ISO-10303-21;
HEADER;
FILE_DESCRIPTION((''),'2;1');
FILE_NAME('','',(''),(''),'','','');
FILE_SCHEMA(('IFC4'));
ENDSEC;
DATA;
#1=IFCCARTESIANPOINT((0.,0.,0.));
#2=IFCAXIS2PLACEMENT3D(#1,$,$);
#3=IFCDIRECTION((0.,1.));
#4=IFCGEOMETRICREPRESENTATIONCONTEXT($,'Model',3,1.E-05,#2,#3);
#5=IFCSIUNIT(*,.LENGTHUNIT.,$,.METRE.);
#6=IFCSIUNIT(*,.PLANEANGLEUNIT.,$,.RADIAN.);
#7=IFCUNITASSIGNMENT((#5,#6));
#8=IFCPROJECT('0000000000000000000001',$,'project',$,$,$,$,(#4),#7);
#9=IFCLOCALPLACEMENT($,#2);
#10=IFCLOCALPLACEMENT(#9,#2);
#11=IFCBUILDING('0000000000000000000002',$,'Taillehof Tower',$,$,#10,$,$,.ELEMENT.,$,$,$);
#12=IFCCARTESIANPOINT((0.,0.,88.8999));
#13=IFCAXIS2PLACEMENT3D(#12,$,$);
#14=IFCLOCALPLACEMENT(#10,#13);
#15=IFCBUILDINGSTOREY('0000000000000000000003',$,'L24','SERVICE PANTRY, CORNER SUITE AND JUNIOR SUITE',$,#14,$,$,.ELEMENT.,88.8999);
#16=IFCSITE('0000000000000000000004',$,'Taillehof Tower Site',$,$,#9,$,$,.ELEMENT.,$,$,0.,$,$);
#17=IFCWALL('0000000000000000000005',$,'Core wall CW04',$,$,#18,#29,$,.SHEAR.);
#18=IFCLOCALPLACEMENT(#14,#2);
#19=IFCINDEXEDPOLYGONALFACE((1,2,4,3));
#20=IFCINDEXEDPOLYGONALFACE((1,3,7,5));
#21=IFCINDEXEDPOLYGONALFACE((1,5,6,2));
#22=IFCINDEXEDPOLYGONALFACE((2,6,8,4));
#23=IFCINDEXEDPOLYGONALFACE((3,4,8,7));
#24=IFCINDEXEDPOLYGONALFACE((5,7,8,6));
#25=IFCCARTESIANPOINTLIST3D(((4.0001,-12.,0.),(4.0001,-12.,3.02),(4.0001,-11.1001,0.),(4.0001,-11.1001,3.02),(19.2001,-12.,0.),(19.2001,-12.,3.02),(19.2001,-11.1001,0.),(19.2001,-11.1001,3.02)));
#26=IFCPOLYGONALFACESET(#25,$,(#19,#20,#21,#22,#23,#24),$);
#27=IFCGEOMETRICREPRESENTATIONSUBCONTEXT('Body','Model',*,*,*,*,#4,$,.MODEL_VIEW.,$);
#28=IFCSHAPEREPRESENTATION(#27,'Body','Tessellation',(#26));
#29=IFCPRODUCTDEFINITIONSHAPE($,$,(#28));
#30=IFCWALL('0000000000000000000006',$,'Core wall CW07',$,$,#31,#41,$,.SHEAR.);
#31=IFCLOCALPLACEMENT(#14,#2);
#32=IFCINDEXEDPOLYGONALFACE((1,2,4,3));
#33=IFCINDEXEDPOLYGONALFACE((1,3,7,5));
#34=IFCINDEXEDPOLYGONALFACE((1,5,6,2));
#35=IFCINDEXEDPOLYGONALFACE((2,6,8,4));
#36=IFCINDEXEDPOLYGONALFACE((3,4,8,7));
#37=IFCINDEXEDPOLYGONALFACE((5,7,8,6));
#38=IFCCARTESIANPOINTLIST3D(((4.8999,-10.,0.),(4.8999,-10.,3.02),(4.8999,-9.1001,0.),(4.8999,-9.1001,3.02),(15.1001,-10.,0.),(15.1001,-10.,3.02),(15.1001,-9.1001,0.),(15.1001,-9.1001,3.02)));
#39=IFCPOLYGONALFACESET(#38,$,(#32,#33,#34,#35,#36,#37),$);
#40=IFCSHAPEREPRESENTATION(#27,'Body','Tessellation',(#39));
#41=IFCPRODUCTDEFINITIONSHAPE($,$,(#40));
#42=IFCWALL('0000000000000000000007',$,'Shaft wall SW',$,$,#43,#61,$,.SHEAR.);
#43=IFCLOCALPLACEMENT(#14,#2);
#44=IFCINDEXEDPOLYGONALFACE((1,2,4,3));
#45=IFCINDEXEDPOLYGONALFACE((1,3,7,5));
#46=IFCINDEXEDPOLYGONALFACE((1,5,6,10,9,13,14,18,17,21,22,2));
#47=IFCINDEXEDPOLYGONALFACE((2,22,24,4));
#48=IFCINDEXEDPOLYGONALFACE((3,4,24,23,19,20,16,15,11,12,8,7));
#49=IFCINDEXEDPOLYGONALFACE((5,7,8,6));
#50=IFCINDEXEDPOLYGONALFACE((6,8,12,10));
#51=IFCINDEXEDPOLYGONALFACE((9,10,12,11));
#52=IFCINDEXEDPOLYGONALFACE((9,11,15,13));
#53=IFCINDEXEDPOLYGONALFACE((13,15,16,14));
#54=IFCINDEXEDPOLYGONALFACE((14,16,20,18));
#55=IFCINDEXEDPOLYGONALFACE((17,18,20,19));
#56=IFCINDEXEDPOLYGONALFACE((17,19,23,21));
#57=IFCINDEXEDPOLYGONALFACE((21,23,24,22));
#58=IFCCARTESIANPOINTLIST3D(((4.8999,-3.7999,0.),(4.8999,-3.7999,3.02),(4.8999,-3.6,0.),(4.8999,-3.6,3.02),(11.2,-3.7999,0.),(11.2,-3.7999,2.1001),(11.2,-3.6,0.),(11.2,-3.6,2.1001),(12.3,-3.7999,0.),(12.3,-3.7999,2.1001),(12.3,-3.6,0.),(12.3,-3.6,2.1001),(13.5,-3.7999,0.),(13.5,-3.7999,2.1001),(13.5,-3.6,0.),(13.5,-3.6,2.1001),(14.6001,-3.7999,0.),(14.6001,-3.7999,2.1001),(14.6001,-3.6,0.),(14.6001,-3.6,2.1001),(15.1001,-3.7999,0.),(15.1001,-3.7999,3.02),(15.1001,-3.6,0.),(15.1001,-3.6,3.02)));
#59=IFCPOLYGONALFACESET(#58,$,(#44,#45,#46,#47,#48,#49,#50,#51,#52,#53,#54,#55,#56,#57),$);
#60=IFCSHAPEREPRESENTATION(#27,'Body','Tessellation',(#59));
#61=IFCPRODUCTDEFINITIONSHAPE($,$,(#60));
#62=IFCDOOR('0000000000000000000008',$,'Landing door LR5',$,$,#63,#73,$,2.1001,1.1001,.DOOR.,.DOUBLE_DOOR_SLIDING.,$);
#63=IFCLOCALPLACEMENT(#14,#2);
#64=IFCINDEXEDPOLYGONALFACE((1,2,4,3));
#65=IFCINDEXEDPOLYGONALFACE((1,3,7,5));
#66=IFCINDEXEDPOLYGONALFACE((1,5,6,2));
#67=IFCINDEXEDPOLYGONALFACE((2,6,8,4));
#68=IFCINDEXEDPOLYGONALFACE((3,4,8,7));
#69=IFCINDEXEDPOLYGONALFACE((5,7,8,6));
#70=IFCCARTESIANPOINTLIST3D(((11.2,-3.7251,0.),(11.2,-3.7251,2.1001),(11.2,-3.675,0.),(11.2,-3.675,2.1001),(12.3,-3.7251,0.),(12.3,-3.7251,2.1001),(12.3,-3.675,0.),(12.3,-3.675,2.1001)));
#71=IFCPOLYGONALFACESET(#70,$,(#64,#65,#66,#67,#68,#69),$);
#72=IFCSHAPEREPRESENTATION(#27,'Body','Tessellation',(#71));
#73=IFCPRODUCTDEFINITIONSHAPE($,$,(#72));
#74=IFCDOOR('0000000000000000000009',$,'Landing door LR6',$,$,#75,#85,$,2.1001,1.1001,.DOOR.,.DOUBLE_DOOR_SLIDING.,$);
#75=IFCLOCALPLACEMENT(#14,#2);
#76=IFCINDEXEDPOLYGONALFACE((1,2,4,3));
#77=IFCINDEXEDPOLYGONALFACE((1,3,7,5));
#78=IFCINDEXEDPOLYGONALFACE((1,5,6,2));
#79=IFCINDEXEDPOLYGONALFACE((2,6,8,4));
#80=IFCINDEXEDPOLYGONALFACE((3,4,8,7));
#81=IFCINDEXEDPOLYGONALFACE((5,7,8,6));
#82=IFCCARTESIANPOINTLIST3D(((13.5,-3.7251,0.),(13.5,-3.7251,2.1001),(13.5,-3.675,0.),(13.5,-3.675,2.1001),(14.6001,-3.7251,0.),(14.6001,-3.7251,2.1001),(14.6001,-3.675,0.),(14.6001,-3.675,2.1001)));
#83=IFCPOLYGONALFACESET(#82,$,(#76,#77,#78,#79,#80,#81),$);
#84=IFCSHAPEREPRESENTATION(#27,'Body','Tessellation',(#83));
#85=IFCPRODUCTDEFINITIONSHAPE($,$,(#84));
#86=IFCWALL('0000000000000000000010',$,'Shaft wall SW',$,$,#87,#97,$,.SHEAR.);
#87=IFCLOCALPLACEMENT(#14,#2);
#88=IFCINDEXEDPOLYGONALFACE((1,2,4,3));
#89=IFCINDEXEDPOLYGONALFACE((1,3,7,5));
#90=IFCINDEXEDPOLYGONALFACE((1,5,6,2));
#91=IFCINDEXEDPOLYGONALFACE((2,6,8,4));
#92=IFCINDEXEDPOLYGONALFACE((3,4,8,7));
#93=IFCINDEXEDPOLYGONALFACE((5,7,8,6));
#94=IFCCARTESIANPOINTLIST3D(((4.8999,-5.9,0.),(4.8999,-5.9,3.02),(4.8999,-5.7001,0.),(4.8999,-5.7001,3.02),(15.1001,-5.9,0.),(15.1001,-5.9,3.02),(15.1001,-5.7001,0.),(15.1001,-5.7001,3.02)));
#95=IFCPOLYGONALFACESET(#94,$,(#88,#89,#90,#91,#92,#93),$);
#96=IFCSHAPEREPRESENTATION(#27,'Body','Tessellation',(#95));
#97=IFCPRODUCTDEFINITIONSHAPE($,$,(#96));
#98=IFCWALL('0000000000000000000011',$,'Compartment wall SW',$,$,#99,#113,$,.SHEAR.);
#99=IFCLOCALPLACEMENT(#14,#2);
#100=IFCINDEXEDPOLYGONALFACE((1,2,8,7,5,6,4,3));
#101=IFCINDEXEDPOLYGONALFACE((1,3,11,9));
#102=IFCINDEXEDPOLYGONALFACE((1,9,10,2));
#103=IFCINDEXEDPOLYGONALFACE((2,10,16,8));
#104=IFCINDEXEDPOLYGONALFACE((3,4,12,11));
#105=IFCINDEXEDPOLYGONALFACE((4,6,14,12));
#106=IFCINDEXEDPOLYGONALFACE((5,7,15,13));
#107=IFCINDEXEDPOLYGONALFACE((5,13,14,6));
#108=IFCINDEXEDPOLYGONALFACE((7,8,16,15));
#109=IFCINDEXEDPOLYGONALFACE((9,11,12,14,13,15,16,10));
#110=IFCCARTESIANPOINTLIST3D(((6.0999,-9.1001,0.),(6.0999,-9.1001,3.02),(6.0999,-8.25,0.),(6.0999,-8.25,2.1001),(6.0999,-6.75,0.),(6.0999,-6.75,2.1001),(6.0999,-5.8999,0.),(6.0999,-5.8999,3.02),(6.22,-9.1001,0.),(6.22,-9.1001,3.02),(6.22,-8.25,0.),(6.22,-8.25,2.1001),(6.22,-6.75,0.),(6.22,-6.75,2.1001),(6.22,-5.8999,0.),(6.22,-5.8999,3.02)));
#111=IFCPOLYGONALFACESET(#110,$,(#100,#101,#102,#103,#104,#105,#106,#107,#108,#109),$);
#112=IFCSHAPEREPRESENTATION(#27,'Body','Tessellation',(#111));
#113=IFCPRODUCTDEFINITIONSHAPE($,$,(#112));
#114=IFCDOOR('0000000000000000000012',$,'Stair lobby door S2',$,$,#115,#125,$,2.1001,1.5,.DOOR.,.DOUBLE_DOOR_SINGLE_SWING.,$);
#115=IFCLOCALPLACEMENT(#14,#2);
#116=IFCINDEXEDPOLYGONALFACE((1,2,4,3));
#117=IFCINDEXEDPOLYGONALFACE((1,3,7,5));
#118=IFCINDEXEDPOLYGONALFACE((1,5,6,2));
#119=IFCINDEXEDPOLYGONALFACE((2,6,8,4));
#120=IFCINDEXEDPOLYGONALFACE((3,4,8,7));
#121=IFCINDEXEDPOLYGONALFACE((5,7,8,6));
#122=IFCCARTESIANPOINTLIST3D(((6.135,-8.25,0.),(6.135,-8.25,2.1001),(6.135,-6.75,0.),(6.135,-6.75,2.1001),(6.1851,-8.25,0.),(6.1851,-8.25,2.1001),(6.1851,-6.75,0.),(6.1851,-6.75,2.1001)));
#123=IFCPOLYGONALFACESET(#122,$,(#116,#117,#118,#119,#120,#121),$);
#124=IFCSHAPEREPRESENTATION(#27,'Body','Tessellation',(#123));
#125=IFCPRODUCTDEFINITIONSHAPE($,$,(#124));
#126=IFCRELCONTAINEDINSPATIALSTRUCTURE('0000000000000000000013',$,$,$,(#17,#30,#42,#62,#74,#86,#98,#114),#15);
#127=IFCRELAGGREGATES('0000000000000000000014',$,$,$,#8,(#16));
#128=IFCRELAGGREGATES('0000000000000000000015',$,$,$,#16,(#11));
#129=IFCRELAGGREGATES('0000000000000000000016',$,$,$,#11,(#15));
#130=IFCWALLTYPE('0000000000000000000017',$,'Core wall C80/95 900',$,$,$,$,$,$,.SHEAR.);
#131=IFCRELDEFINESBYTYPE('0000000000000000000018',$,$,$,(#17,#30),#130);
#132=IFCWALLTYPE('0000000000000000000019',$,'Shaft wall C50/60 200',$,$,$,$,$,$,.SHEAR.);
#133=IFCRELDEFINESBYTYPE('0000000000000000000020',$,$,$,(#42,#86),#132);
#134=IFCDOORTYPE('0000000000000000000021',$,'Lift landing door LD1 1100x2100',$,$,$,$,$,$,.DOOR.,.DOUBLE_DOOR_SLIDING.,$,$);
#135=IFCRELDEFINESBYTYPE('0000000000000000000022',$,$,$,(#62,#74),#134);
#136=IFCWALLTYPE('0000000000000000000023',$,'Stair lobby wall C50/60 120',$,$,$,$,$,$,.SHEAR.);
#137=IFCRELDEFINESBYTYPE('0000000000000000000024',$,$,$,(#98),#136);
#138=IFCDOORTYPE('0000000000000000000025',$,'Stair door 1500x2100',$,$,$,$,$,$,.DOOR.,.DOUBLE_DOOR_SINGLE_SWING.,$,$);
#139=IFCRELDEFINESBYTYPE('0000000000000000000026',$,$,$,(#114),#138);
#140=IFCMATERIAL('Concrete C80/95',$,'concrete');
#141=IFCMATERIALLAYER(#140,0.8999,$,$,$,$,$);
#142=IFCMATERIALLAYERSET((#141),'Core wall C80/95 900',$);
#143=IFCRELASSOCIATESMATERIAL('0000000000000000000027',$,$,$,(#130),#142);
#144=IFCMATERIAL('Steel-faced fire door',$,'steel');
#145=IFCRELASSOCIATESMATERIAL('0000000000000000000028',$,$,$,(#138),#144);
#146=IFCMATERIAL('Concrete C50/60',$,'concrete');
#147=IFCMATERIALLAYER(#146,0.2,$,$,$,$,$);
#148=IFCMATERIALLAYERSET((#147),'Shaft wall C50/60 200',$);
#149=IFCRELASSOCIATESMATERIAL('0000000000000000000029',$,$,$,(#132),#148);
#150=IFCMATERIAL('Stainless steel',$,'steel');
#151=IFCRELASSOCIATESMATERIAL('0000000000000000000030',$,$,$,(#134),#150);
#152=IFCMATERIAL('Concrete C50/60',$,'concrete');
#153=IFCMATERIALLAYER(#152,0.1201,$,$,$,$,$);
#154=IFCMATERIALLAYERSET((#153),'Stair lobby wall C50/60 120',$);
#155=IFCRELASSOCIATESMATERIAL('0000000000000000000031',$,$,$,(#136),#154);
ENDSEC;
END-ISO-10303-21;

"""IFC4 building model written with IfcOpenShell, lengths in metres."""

from ifc_helpers import new_model, si_unit, direction, frame, frame_2d, origin, place, context, subcontext, project, spatial, rectangle, extrude, material, layer, layer_set, type_object, element, fill, save


model = new_model("IFC4")

# Units and contexts
model_context = context("Model", 3, precision=1e-05, world=origin(), true_north=direction((0.0, 1.0)))
body_context = subcontext(model_context, "Body", "Model", "MODEL_VIEW")
ifc_project = project(units=[si_unit("LENGTHUNIT", "METRE"), si_unit("PLANEANGLEUNIT", "RADIAN")], contexts=[model_context])

# Site, building, storey
site_placement = place(None, origin())
site = spatial("IfcSite", under=ifc_project, at=site_placement, Name="Taillehof Tower Site", CompositionType="ELEMENT", RefElevation=0.0)
building_placement = place(site_placement, origin())
building = spatial("IfcBuilding", under=site, at=building_placement, Name="Taillehof Tower", CompositionType="ELEMENT")
storey_placement = place(building_placement, frame((0.0, 0.0, 88.8999)))
storey = spatial("IfcBuildingStorey", under=building, at=storey_placement, Name="L24", Description="SERVICE PANTRY, CORNER SUITE AND JUNIOR SUITE", CompositionType="ELEMENT", Elevation=88.8999)

# Shared definitions
ifc_material_1 = material(Name="Concrete C80/95", Category="concrete")
ifc_layer_1 = layer(ifc_material_1, 0.8999)
ifc_layer_set_1 = layer_set([ifc_layer_1], Name="Core wall C80/95 900")
wall_type_1 = type_object("IfcWallType", Name="Core wall C80/95 900", PredefinedType="SHEAR", material=ifc_layer_set_1)
ifc_material_2 = material(Name="Steel-faced fire door", Category="steel")
door_type_1 = type_object("IfcDoorType", Name="Stair door 1500x2100", OperationType="DOUBLE_DOOR_SINGLE_SWING", PredefinedType="DOOR", material=ifc_material_2)

# Walls
wall_1_placement = place(storey_placement, frame((4.0, -11.55, 0.0), z_axis=(0.0, 0.0, 1.0), x_axis=(1.0, 0.0, 0.0)))
element("IfcWall", 1, at=wall_1_placement, inside=storey, type_object=wall_type_1, Name="Core wall CW04", PredefinedType="SHEAR", context=body_context, shape_type="SweptSolid", body=[
    extrude(rectangle(XDim=15.2, YDim=0.8999, at=frame_2d((7.6001, 0.0))), origin(), (0.0, 0.0, 1.0), 3.02),
])
wall_2_placement = place(storey_placement, frame((4.8999, -9.55, 0.0), z_axis=(0.0, 0.0, 1.0), x_axis=(1.0, 0.0, 0.0)))
element("IfcWall", 2, at=wall_2_placement, inside=storey, type_object=wall_type_1, Name="Core wall CW07", PredefinedType="SHEAR", context=body_context, shape_type="SweptSolid", body=[
    extrude(rectangle(XDim=10.2002, YDim=0.8999, at=frame_2d((5.1001, 0.0))), origin(), (0.0, 0.0, 1.0), 3.02),
])

# Wall, openings, doors
ifc_material_3 = material(Name="Concrete C50/60", Category="concrete")
ifc_layer_2 = layer(ifc_material_3, 0.2)
ifc_layer_set_2 = layer_set([ifc_layer_2], Name="Shaft wall C50/60 200")
wall_type_2 = type_object("IfcWallType", Name="Shaft wall C50/60 200", PredefinedType="SHEAR", material=ifc_layer_set_2)
wall_3_placement = place(storey_placement, frame((4.8999, -3.7, 0.0), z_axis=(0.0, 0.0, 1.0), x_axis=(1.0, 0.0, 0.0)))
wall_3 = element("IfcWall", 3, at=wall_3_placement, inside=storey, type_object=wall_type_2, Name="Shaft wall SW", PredefinedType="SHEAR", context=body_context, shape_type="SweptSolid", body=[
    extrude(rectangle(XDim=10.2002, YDim=0.2, at=frame_2d((5.1001, 0.0))), origin(), (0.0, 0.0, 1.0), 3.02),
])
opening_1_placement = place(wall_3_placement, frame((6.3, 0.0, 0.0)))
opening_1 = element("IfcOpeningElement", 4, at=opening_1_placement, cuts=wall_3, PredefinedType="OPENING", context=body_context, shape_type="SweptSolid", body=[
    extrude(rectangle(XDim=1.1001, YDim=2.1001, at=frame_2d((0.55, 1.05))), frame((0.0, 0.1099, 0.0), z_axis=(0.0, -1.0, 0.0), x_axis=(1.0, 0.0, 0.0)), (0.0, 0.0, 1.0), 0.22),
])
opening_2_placement = place(wall_3_placement, frame((8.6001, 0.0, 0.0)))
opening_2 = element("IfcOpeningElement", 5, at=opening_2_placement, cuts=wall_3, PredefinedType="OPENING", context=body_context, shape_type="SweptSolid", body=[
    extrude(rectangle(XDim=1.1001, YDim=2.1001, at=frame_2d((0.55, 1.05))), frame((0.0, 0.1099, 0.0), z_axis=(0.0, -1.0, 0.0), x_axis=(1.0, 0.0, 0.0)), (0.0, 0.0, 1.0), 0.22),
])
ifc_material_4 = material(Name="Stainless steel", Category="steel")
door_type_2 = type_object("IfcDoorType", Name="Lift landing door LD1 1100x2100", OperationType="DOUBLE_DOOR_SLIDING", PredefinedType="DOOR", material=ifc_material_4)
door_1_placement = place(opening_1_placement, origin())
door_1 = element("IfcDoor", 6, at=door_1_placement, inside=storey, type_object=door_type_2, Name="Landing door LR5", OperationType="DOUBLE_DOOR_SLIDING", OverallHeight=2.1001, OverallWidth=1.1001, PredefinedType="DOOR", context=body_context, shape_type="SweptSolid", body=[
    extrude(rectangle(XDim=1.1001, YDim=2.1001, at=frame_2d((0.55, 1.05))), frame((0.0, 0.0249, 0.0), z_axis=(0.0, -1.0, 0.0), x_axis=(1.0, 0.0, 0.0)), (0.0, 0.0, 1.0), 0.05),
])
fill(opening_1, door_1)
door_2_placement = place(opening_2_placement, origin())
door_2 = element("IfcDoor", 7, at=door_2_placement, inside=storey, type_object=door_type_2, Name="Landing door LR6", OperationType="DOUBLE_DOOR_SLIDING", OverallHeight=2.1001, OverallWidth=1.1001, PredefinedType="DOOR", context=body_context, shape_type="SweptSolid", body=[
    extrude(rectangle(XDim=1.1001, YDim=2.1001, at=frame_2d((0.55, 1.05))), frame((0.0, 0.0249, 0.0), z_axis=(0.0, -1.0, 0.0), x_axis=(1.0, 0.0, 0.0)), (0.0, 0.0, 1.0), 0.05),
])
fill(opening_2, door_2)

# Wall
wall_4_placement = place(storey_placement, frame((4.8999, -5.8, 0.0), z_axis=(0.0, 0.0, 1.0), x_axis=(1.0, 0.0, 0.0)))
element("IfcWall", 8, at=wall_4_placement, inside=storey, type_object=wall_type_2, Name="Shaft wall SW", PredefinedType="SHEAR", context=body_context, shape_type="SweptSolid", body=[
    extrude(rectangle(XDim=10.2002, YDim=0.2, at=frame_2d((5.1001, 0.0))), origin(), (0.0, 0.0, 1.0), 3.02),
])

# Wall, opening, door
ifc_material_5 = material(Name="Concrete C50/60", Category="concrete")
ifc_layer_3 = layer(ifc_material_5, 0.1201)
ifc_layer_set_3 = layer_set([ifc_layer_3], Name="Stair lobby wall C50/60 120")
wall_type_3 = type_object("IfcWallType", Name="Stair lobby wall C50/60 120", PredefinedType="SHEAR", material=ifc_layer_set_3)
wall_5_placement = place(storey_placement, frame((6.1599, -9.1001, 0.0), z_axis=(0.0, 0.0, 1.0), x_axis=(0.0, 1.0, 0.0)))
wall_5 = element("IfcWall", 9, at=wall_5_placement, inside=storey, type_object=wall_type_3, Name="Compartment wall SW", PredefinedType="SHEAR", context=body_context, shape_type="SweptSolid", body=[
    extrude(rectangle(XDim=3.2002, YDim=0.1201, at=frame_2d((1.6001, 0.0))), origin(), (0.0, 0.0, 1.0), 3.02),
])
opening_3_placement = place(wall_5_placement, frame((0.8501, 0.0, 0.0)))
opening_3 = element("IfcOpeningElement", 10, at=opening_3_placement, cuts=wall_5, PredefinedType="OPENING", context=body_context, shape_type="SweptSolid", body=[
    extrude(rectangle(XDim=1.5, YDim=2.1001, at=frame_2d((0.75, 1.05))), frame((0.0, 0.0701, 0.0), z_axis=(0.0, -1.0, 0.0), x_axis=(1.0, 0.0, 0.0)), (0.0, 0.0, 1.0), 0.1401),
])
door_3_placement = place(opening_3_placement, origin())
door_3 = element("IfcDoor", 11, at=door_3_placement, inside=storey, type_object=door_type_1, Name="Stair lobby door S2", OperationType="DOUBLE_DOOR_SINGLE_SWING", OverallHeight=2.1001, OverallWidth=1.5, PredefinedType="DOOR", context=body_context, shape_type="SweptSolid", body=[
    extrude(rectangle(XDim=1.5, YDim=2.1001, at=frame_2d((0.75, 1.05))), frame((0.0, 0.0249, 0.0), z_axis=(0.0, -1.0, 0.0), x_axis=(1.0, 0.0, 0.0)), (0.0, 0.0, 1.0), 0.05),
])
fill(opening_3, door_3)

save(model, "model.ifc")
